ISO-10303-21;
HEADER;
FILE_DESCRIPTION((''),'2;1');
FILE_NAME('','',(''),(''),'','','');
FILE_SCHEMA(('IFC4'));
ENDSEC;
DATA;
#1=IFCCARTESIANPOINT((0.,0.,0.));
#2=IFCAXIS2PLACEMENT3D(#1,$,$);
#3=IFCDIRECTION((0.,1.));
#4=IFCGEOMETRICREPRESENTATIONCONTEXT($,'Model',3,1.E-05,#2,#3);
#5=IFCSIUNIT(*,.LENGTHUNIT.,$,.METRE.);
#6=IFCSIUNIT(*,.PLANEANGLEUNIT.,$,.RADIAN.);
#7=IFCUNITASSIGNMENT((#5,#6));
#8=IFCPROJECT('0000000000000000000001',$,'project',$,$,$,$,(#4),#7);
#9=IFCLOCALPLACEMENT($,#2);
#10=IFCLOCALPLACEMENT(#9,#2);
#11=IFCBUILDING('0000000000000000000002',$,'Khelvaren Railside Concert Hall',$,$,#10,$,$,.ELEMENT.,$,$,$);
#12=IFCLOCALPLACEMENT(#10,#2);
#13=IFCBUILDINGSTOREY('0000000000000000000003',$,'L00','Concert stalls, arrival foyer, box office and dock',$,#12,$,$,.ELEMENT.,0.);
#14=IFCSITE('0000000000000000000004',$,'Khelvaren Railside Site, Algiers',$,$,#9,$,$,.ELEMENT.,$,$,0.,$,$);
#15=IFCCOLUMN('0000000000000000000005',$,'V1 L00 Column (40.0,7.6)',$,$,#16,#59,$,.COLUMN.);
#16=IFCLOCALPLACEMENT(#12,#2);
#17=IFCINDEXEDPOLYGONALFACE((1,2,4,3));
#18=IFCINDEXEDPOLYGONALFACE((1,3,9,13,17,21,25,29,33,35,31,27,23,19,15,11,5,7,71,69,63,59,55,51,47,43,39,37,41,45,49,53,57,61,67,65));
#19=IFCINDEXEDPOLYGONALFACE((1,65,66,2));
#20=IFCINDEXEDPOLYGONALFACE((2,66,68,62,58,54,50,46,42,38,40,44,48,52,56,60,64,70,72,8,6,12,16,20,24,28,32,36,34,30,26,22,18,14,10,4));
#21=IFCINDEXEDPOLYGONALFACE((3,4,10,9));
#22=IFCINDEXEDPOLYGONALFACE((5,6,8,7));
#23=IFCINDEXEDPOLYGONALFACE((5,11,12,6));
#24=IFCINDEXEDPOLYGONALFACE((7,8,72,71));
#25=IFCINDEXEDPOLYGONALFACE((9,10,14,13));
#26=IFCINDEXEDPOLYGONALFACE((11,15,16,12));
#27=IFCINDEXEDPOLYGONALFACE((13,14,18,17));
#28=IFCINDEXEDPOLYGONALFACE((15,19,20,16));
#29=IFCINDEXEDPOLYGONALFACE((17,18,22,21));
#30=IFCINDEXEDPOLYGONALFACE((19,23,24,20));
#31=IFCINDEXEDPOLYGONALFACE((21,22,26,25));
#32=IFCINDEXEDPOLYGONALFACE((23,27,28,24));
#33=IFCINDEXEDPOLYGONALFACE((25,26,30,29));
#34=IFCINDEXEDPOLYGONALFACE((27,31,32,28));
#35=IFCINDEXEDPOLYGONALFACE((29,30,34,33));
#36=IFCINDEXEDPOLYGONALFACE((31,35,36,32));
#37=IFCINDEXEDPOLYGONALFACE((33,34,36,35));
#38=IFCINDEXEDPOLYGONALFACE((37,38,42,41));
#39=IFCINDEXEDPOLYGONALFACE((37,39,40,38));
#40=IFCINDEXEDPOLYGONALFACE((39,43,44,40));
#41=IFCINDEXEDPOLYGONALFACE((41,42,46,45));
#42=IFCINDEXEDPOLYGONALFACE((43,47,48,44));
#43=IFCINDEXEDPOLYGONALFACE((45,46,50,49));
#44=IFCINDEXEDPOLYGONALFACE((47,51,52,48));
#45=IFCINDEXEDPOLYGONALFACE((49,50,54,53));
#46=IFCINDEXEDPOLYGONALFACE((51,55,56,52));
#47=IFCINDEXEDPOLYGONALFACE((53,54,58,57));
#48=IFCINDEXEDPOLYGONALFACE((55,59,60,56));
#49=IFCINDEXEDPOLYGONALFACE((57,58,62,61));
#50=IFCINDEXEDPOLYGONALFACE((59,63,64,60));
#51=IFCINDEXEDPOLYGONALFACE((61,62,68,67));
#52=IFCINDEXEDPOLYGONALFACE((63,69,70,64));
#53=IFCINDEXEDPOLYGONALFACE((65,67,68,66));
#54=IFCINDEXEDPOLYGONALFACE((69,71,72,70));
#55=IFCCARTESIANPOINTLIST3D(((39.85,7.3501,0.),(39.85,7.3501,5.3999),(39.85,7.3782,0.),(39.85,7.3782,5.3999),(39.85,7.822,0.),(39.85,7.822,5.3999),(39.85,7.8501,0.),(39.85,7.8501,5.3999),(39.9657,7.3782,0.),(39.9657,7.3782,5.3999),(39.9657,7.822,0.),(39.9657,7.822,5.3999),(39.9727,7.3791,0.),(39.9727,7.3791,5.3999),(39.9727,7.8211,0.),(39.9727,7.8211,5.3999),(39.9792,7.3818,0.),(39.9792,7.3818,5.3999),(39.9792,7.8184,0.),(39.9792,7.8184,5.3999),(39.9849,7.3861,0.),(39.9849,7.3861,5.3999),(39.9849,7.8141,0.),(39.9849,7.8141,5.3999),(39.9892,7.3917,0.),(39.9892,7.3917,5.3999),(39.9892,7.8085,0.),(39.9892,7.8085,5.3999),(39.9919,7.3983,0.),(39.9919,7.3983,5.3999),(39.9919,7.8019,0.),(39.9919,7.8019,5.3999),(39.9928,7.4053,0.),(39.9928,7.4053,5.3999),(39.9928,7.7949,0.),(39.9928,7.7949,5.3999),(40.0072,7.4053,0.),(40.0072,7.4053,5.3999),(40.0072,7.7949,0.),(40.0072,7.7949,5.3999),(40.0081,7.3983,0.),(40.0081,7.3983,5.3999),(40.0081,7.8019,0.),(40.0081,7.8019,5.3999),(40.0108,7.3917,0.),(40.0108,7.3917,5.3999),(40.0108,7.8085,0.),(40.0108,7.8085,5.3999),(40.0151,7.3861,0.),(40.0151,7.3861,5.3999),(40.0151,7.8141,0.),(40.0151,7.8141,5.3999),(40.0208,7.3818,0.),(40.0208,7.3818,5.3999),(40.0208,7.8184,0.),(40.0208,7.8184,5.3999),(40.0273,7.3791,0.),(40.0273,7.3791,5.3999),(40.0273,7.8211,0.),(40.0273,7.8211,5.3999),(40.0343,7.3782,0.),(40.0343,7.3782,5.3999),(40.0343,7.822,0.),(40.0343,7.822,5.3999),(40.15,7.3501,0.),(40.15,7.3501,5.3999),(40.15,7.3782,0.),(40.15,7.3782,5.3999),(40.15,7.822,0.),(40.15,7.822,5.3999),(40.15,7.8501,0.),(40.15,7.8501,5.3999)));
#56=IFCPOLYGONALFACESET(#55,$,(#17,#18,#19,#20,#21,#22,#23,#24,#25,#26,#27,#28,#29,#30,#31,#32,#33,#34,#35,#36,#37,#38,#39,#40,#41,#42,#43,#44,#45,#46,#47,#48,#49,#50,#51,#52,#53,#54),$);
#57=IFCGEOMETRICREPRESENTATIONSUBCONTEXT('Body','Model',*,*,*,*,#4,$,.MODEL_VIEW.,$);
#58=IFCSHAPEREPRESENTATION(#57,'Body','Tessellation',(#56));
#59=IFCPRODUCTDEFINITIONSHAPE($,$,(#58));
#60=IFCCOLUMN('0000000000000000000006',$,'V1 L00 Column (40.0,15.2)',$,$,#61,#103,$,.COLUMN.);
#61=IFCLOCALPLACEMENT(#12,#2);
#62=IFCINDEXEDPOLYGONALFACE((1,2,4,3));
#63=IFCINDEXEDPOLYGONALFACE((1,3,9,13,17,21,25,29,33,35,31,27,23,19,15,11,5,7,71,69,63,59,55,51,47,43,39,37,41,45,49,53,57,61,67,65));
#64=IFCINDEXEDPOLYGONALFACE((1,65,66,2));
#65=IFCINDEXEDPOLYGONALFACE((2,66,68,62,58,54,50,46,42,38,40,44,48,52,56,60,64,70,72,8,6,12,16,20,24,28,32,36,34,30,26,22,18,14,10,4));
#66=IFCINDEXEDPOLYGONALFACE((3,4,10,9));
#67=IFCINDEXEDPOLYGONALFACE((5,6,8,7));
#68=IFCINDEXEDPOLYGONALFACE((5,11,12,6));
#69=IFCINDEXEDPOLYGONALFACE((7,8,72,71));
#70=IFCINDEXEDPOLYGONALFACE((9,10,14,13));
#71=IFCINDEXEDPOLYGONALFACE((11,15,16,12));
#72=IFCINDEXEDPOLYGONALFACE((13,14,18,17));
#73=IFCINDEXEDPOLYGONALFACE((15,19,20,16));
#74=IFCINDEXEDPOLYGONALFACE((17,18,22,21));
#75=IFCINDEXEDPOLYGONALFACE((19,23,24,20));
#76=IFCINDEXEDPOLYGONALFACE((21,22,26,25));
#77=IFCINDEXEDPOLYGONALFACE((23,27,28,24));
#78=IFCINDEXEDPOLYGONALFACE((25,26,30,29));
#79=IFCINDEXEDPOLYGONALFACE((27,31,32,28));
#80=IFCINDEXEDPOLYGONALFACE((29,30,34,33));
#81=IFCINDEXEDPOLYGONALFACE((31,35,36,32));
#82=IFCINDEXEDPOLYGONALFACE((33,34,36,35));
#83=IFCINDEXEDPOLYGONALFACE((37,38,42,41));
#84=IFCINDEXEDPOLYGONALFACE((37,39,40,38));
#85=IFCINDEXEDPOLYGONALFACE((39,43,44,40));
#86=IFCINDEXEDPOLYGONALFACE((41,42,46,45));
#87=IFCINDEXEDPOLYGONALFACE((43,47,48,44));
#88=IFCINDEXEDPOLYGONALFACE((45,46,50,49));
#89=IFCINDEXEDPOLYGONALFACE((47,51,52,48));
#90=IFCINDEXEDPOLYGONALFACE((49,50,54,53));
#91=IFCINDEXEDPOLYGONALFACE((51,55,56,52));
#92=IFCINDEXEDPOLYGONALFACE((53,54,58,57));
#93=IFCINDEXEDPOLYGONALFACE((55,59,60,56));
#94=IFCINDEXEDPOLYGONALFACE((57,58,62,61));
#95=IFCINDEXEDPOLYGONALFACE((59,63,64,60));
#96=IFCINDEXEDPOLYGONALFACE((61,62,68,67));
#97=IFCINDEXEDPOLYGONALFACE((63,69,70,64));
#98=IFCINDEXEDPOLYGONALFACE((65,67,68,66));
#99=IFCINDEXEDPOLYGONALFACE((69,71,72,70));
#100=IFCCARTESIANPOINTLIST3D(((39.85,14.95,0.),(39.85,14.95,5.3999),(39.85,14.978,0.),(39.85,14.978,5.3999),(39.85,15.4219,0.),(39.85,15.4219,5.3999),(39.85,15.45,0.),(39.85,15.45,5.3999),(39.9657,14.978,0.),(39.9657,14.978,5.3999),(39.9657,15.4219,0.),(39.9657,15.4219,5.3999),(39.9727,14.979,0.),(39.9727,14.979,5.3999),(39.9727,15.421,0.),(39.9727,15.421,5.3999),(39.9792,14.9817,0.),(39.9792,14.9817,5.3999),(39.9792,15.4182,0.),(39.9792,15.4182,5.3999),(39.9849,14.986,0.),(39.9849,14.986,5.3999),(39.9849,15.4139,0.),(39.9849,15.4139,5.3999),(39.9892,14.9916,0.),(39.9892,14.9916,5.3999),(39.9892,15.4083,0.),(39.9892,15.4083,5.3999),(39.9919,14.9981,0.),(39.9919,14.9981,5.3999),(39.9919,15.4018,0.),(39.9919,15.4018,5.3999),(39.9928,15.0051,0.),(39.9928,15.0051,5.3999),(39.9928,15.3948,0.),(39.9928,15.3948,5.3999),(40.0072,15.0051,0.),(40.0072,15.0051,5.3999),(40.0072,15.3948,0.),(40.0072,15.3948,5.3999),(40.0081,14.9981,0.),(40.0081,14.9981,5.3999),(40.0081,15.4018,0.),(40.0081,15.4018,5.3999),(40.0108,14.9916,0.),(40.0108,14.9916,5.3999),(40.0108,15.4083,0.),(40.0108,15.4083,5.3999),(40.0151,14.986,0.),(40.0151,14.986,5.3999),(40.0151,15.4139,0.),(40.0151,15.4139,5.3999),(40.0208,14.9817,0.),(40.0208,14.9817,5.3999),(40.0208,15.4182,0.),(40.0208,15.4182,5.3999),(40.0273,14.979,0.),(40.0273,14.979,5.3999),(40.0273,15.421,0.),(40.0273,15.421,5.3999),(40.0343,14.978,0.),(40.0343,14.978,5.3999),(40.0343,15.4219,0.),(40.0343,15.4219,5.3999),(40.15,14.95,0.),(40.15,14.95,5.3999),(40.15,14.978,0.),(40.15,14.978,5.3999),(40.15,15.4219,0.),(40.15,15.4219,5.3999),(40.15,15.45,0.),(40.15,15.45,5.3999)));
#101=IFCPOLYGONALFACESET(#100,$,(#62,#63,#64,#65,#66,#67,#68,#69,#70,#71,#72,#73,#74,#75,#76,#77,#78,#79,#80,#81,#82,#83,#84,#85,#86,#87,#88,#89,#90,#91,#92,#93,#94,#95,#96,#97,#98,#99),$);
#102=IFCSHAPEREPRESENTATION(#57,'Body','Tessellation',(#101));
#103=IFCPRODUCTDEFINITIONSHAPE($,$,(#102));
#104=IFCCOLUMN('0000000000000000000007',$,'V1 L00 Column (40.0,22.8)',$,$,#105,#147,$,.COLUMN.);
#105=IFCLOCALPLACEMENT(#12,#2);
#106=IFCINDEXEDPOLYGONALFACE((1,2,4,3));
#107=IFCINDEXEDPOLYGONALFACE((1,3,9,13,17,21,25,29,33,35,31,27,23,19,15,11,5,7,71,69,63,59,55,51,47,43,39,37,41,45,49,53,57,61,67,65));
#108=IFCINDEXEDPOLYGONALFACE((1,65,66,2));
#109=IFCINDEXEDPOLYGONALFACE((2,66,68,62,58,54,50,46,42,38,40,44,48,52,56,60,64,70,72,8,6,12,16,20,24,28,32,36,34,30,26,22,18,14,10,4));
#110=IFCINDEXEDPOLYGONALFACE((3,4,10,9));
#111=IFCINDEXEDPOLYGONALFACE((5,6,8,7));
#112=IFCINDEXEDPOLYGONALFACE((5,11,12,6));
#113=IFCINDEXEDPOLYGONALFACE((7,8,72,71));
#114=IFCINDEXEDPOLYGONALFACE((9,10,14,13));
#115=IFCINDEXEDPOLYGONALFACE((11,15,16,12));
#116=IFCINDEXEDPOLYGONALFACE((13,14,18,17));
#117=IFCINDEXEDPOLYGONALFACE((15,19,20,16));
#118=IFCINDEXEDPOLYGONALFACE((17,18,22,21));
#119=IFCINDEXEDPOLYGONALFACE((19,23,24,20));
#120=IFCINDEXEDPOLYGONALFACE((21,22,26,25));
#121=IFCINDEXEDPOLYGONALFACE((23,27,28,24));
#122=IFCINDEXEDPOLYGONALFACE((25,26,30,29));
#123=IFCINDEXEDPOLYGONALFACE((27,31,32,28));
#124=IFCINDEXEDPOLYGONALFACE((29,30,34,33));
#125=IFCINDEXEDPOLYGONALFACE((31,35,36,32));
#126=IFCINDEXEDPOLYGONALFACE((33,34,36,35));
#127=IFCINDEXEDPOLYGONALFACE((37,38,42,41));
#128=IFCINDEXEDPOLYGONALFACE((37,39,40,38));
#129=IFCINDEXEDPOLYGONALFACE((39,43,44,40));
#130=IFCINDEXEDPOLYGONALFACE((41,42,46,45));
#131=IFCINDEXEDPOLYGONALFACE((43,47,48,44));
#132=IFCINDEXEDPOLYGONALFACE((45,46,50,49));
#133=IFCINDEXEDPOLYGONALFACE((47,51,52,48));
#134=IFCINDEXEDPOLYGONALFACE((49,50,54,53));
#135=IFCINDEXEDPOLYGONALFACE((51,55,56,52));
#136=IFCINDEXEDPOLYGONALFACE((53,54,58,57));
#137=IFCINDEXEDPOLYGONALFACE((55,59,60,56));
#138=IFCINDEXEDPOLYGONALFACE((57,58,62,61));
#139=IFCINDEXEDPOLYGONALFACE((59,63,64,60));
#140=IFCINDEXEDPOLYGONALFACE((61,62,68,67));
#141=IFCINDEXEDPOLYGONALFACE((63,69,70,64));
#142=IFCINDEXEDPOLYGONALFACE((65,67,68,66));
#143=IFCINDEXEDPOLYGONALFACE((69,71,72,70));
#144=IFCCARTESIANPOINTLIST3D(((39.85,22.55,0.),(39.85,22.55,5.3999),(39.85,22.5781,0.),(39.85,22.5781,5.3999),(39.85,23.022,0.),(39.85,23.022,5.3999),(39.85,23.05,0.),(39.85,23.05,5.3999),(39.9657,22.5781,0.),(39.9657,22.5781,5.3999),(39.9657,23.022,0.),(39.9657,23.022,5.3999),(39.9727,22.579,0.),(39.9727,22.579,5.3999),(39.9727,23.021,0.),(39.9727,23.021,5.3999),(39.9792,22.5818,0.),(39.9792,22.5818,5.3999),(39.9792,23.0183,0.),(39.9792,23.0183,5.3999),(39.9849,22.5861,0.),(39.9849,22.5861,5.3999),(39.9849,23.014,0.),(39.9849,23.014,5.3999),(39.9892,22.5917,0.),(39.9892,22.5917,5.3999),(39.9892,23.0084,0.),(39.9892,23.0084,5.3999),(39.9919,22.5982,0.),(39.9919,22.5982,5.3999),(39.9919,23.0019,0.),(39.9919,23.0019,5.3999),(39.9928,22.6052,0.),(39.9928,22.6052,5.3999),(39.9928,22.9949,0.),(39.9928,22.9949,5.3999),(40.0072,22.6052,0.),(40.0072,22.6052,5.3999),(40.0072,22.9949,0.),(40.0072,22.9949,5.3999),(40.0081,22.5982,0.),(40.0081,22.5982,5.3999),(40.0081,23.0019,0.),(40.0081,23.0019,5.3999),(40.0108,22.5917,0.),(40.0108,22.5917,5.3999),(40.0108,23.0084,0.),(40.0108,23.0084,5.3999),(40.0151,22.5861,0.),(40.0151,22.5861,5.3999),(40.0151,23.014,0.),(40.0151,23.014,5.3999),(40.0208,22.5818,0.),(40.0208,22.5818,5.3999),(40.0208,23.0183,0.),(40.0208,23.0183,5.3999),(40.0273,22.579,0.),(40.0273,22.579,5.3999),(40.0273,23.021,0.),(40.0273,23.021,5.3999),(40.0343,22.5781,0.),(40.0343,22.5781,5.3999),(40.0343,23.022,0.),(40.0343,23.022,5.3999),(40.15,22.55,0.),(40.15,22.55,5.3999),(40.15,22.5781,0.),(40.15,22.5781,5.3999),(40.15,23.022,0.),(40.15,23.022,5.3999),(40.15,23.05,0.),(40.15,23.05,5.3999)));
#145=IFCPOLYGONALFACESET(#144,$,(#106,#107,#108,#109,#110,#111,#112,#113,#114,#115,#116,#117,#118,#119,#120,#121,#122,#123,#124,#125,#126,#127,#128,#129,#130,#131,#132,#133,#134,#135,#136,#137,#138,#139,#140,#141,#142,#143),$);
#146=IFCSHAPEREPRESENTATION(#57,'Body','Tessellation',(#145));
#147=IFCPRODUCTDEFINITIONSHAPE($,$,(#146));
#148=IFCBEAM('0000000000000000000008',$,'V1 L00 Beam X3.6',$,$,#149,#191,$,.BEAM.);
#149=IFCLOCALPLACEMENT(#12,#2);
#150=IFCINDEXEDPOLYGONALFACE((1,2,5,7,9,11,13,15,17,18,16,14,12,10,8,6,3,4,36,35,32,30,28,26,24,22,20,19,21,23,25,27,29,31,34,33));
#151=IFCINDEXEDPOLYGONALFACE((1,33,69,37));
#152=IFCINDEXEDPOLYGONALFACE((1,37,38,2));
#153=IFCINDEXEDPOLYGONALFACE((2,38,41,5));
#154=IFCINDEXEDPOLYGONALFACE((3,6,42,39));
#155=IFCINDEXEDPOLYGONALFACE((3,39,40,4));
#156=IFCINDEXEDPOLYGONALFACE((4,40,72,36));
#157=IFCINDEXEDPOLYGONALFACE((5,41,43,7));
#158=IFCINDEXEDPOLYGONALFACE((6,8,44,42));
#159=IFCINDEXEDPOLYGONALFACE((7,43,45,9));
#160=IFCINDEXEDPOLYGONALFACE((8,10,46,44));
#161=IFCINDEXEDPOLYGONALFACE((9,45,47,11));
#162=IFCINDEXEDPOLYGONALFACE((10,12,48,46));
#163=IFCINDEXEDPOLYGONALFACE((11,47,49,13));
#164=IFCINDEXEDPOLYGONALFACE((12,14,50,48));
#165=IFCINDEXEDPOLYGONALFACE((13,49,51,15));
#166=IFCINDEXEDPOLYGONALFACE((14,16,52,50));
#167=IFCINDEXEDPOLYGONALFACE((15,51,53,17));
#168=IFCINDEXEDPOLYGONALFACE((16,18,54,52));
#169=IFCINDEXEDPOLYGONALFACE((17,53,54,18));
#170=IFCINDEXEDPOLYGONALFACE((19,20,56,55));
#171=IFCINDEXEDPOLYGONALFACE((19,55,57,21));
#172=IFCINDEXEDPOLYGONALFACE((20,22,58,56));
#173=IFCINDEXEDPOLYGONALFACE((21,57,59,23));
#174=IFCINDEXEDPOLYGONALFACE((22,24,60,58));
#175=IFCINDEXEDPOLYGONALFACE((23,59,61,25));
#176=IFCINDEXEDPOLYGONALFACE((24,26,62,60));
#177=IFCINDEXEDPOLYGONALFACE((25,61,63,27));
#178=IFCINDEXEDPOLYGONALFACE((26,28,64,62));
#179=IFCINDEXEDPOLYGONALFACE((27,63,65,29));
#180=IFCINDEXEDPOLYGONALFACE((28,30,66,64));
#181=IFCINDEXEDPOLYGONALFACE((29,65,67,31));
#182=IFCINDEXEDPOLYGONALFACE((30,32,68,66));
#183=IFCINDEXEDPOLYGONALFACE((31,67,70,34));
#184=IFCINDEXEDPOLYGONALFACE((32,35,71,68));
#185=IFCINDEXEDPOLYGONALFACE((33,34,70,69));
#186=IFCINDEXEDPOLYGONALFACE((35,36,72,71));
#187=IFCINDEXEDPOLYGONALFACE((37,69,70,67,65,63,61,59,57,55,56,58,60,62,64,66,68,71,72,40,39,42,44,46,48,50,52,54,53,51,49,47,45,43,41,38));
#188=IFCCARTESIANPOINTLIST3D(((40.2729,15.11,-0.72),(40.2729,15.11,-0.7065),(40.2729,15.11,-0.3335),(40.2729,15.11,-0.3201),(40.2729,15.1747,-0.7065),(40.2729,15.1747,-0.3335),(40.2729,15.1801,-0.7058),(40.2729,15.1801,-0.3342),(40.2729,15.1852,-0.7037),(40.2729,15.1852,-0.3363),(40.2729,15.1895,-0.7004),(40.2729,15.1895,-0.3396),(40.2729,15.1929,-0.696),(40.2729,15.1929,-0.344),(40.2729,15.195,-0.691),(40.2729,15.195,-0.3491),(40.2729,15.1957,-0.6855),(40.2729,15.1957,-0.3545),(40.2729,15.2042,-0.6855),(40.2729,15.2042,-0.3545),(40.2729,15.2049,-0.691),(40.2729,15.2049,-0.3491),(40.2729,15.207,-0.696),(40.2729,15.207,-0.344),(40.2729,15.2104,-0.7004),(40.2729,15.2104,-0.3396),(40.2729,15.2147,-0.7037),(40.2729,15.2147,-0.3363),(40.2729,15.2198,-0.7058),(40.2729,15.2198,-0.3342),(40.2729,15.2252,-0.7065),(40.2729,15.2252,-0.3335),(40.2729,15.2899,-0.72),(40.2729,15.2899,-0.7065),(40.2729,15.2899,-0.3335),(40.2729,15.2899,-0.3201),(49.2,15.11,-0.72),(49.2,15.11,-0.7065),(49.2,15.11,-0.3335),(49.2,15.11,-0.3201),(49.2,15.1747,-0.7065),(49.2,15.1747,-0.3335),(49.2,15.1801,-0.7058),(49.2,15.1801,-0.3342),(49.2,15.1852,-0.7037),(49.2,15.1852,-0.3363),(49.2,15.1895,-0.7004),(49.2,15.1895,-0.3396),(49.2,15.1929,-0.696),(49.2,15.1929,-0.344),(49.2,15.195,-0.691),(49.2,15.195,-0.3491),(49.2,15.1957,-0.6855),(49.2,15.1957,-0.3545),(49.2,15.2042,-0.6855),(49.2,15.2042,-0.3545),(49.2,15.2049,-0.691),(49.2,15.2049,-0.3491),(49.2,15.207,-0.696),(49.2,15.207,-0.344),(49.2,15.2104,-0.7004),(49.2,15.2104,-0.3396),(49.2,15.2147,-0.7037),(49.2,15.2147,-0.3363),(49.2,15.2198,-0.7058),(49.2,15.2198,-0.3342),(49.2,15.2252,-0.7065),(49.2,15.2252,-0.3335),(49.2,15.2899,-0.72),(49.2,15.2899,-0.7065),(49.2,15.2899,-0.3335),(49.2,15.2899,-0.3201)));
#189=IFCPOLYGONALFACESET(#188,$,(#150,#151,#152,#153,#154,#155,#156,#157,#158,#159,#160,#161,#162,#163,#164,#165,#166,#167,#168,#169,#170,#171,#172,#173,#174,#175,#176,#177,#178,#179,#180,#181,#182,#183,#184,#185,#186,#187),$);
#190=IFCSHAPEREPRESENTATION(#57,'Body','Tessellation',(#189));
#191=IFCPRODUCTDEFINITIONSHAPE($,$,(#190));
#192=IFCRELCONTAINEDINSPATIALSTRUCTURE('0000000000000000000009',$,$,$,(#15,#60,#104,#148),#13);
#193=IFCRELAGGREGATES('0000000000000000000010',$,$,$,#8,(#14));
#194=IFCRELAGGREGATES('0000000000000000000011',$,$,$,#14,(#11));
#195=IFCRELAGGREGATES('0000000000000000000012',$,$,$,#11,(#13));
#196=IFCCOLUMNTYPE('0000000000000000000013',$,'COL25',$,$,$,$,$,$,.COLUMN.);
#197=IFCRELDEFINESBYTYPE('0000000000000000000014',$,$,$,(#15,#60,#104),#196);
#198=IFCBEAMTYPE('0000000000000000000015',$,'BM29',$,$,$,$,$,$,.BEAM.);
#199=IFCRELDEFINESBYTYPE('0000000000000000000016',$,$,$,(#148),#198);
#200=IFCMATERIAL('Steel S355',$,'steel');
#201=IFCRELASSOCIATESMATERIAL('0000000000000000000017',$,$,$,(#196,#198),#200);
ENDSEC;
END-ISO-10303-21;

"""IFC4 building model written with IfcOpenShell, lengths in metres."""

from ifc_helpers import new_model, si_unit, direction, frame, origin, origin_2d, place, context, subcontext, project, spatial, i_section, extrude, material, material_profile, profile_set, type_object, element, save


model = new_model("IFC4")

# Units and contexts
model_context = context("Model", 3, precision=1e-05, world=origin(), true_north=direction((0.0, 1.0)))
body_context = subcontext(model_context, "Body", "Model", "MODEL_VIEW")
ifc_project = project(units=[si_unit("LENGTHUNIT", "METRE"), si_unit("PLANEANGLEUNIT", "RADIAN")], contexts=[model_context])

# Site, building, storey
site_placement = place(None, origin())
site = spatial("IfcSite", under=ifc_project, at=site_placement, Name="Khelvaren Railside Site, Algiers", CompositionType="ELEMENT", RefElevation=0.0)
building_placement = place(site_placement, origin())
building = spatial("IfcBuilding", under=site, at=building_placement, Name="Khelvaren Railside Concert Hall", CompositionType="ELEMENT")
storey_placement = place(building_placement, origin())
storey = spatial("IfcBuildingStorey", under=building, at=storey_placement, Name="L00", Description="Concert stalls, arrival foyer, box office and dock", CompositionType="ELEMENT", Elevation=0.0)

# Columns
ifc_material_1 = material(Name="Steel S355", Category="steel")
ifc_material_profile_1 = material_profile(ifc_material_1, i_section(OverallWidth=0.3, OverallDepth=0.5, WebThickness=0.0144, FlangeThickness=0.0281, FilletRadius=0.0271, at=origin_2d()), Name="HEB 500")
ifc_profile_set_1 = profile_set([ifc_material_profile_1], Name="Steel S355")
column_type = type_object("IfcColumnType", Name="COL25", PredefinedType="COLUMN", material=ifc_profile_set_1)
for number, where, z_axis, x_axis, name in (
    (1, (40.0, 7.6001, 0.0), (0.0, 0.0, 1.0), (1.0, 0.0, 0.0), "V1 L00 Column (40.0,7.6)"),
    (2, (40.0, 15.2, 0.0), (0.0, 0.0, 1.0), (1.0, 0.0, 0.0), "V1 L00 Column (40.0,15.2)"),
    (3, (40.0, 22.8, 0.0), (0.0, 0.0, 1.0), (1.0, 0.0, 0.0), "V1 L00 Column (40.0,22.8)"),
):
    element("IfcColumn", number, at=place(storey_placement, frame(where, z_axis=z_axis, x_axis=x_axis)), inside=storey, type_object=column_type, Name=name, PredefinedType="COLUMN", context=body_context, shape_type="SweptSolid", body=[
        extrude(i_section(OverallWidth=0.3, OverallDepth=0.5, WebThickness=0.0144, FlangeThickness=0.0281, FilletRadius=0.0271, at=origin_2d()), origin(), (0.0, 0.0, 1.0), 5.3999),
    ])

# Beam
ifc_material_profile_2 = material_profile(ifc_material_1, i_section(OverallWidth=0.1799, OverallDepth=0.3999, WebThickness=0.0085, FlangeThickness=0.0134, FilletRadius=0.021, at=origin_2d()), Name="IPE 400")
ifc_profile_set_2 = profile_set([ifc_material_profile_2], Name="Steel S355")
beam_type_1 = type_object("IfcBeamType", Name="BM29", PredefinedType="BEAM", material=ifc_profile_set_2)
beam_1_placement = place(storey_placement, frame((40.2729, 15.2, -0.52), z_axis=(1.0, 0.0, 0.0), x_axis=(0.0, 1.0, 0.0)))
element("IfcBeam", 4, at=beam_1_placement, inside=storey, type_object=beam_type_1, Name="V1 L00 Beam X3.6", PredefinedType="BEAM", context=body_context, shape_type="SweptSolid", body=[
    extrude(i_section(OverallWidth=0.1799, OverallDepth=0.3999, WebThickness=0.0085, FlangeThickness=0.0134, FilletRadius=0.021, at=origin_2d()), origin(), (0.0, 0.0, 1.0), 8.927),
])

save(model, "model.ifc")
